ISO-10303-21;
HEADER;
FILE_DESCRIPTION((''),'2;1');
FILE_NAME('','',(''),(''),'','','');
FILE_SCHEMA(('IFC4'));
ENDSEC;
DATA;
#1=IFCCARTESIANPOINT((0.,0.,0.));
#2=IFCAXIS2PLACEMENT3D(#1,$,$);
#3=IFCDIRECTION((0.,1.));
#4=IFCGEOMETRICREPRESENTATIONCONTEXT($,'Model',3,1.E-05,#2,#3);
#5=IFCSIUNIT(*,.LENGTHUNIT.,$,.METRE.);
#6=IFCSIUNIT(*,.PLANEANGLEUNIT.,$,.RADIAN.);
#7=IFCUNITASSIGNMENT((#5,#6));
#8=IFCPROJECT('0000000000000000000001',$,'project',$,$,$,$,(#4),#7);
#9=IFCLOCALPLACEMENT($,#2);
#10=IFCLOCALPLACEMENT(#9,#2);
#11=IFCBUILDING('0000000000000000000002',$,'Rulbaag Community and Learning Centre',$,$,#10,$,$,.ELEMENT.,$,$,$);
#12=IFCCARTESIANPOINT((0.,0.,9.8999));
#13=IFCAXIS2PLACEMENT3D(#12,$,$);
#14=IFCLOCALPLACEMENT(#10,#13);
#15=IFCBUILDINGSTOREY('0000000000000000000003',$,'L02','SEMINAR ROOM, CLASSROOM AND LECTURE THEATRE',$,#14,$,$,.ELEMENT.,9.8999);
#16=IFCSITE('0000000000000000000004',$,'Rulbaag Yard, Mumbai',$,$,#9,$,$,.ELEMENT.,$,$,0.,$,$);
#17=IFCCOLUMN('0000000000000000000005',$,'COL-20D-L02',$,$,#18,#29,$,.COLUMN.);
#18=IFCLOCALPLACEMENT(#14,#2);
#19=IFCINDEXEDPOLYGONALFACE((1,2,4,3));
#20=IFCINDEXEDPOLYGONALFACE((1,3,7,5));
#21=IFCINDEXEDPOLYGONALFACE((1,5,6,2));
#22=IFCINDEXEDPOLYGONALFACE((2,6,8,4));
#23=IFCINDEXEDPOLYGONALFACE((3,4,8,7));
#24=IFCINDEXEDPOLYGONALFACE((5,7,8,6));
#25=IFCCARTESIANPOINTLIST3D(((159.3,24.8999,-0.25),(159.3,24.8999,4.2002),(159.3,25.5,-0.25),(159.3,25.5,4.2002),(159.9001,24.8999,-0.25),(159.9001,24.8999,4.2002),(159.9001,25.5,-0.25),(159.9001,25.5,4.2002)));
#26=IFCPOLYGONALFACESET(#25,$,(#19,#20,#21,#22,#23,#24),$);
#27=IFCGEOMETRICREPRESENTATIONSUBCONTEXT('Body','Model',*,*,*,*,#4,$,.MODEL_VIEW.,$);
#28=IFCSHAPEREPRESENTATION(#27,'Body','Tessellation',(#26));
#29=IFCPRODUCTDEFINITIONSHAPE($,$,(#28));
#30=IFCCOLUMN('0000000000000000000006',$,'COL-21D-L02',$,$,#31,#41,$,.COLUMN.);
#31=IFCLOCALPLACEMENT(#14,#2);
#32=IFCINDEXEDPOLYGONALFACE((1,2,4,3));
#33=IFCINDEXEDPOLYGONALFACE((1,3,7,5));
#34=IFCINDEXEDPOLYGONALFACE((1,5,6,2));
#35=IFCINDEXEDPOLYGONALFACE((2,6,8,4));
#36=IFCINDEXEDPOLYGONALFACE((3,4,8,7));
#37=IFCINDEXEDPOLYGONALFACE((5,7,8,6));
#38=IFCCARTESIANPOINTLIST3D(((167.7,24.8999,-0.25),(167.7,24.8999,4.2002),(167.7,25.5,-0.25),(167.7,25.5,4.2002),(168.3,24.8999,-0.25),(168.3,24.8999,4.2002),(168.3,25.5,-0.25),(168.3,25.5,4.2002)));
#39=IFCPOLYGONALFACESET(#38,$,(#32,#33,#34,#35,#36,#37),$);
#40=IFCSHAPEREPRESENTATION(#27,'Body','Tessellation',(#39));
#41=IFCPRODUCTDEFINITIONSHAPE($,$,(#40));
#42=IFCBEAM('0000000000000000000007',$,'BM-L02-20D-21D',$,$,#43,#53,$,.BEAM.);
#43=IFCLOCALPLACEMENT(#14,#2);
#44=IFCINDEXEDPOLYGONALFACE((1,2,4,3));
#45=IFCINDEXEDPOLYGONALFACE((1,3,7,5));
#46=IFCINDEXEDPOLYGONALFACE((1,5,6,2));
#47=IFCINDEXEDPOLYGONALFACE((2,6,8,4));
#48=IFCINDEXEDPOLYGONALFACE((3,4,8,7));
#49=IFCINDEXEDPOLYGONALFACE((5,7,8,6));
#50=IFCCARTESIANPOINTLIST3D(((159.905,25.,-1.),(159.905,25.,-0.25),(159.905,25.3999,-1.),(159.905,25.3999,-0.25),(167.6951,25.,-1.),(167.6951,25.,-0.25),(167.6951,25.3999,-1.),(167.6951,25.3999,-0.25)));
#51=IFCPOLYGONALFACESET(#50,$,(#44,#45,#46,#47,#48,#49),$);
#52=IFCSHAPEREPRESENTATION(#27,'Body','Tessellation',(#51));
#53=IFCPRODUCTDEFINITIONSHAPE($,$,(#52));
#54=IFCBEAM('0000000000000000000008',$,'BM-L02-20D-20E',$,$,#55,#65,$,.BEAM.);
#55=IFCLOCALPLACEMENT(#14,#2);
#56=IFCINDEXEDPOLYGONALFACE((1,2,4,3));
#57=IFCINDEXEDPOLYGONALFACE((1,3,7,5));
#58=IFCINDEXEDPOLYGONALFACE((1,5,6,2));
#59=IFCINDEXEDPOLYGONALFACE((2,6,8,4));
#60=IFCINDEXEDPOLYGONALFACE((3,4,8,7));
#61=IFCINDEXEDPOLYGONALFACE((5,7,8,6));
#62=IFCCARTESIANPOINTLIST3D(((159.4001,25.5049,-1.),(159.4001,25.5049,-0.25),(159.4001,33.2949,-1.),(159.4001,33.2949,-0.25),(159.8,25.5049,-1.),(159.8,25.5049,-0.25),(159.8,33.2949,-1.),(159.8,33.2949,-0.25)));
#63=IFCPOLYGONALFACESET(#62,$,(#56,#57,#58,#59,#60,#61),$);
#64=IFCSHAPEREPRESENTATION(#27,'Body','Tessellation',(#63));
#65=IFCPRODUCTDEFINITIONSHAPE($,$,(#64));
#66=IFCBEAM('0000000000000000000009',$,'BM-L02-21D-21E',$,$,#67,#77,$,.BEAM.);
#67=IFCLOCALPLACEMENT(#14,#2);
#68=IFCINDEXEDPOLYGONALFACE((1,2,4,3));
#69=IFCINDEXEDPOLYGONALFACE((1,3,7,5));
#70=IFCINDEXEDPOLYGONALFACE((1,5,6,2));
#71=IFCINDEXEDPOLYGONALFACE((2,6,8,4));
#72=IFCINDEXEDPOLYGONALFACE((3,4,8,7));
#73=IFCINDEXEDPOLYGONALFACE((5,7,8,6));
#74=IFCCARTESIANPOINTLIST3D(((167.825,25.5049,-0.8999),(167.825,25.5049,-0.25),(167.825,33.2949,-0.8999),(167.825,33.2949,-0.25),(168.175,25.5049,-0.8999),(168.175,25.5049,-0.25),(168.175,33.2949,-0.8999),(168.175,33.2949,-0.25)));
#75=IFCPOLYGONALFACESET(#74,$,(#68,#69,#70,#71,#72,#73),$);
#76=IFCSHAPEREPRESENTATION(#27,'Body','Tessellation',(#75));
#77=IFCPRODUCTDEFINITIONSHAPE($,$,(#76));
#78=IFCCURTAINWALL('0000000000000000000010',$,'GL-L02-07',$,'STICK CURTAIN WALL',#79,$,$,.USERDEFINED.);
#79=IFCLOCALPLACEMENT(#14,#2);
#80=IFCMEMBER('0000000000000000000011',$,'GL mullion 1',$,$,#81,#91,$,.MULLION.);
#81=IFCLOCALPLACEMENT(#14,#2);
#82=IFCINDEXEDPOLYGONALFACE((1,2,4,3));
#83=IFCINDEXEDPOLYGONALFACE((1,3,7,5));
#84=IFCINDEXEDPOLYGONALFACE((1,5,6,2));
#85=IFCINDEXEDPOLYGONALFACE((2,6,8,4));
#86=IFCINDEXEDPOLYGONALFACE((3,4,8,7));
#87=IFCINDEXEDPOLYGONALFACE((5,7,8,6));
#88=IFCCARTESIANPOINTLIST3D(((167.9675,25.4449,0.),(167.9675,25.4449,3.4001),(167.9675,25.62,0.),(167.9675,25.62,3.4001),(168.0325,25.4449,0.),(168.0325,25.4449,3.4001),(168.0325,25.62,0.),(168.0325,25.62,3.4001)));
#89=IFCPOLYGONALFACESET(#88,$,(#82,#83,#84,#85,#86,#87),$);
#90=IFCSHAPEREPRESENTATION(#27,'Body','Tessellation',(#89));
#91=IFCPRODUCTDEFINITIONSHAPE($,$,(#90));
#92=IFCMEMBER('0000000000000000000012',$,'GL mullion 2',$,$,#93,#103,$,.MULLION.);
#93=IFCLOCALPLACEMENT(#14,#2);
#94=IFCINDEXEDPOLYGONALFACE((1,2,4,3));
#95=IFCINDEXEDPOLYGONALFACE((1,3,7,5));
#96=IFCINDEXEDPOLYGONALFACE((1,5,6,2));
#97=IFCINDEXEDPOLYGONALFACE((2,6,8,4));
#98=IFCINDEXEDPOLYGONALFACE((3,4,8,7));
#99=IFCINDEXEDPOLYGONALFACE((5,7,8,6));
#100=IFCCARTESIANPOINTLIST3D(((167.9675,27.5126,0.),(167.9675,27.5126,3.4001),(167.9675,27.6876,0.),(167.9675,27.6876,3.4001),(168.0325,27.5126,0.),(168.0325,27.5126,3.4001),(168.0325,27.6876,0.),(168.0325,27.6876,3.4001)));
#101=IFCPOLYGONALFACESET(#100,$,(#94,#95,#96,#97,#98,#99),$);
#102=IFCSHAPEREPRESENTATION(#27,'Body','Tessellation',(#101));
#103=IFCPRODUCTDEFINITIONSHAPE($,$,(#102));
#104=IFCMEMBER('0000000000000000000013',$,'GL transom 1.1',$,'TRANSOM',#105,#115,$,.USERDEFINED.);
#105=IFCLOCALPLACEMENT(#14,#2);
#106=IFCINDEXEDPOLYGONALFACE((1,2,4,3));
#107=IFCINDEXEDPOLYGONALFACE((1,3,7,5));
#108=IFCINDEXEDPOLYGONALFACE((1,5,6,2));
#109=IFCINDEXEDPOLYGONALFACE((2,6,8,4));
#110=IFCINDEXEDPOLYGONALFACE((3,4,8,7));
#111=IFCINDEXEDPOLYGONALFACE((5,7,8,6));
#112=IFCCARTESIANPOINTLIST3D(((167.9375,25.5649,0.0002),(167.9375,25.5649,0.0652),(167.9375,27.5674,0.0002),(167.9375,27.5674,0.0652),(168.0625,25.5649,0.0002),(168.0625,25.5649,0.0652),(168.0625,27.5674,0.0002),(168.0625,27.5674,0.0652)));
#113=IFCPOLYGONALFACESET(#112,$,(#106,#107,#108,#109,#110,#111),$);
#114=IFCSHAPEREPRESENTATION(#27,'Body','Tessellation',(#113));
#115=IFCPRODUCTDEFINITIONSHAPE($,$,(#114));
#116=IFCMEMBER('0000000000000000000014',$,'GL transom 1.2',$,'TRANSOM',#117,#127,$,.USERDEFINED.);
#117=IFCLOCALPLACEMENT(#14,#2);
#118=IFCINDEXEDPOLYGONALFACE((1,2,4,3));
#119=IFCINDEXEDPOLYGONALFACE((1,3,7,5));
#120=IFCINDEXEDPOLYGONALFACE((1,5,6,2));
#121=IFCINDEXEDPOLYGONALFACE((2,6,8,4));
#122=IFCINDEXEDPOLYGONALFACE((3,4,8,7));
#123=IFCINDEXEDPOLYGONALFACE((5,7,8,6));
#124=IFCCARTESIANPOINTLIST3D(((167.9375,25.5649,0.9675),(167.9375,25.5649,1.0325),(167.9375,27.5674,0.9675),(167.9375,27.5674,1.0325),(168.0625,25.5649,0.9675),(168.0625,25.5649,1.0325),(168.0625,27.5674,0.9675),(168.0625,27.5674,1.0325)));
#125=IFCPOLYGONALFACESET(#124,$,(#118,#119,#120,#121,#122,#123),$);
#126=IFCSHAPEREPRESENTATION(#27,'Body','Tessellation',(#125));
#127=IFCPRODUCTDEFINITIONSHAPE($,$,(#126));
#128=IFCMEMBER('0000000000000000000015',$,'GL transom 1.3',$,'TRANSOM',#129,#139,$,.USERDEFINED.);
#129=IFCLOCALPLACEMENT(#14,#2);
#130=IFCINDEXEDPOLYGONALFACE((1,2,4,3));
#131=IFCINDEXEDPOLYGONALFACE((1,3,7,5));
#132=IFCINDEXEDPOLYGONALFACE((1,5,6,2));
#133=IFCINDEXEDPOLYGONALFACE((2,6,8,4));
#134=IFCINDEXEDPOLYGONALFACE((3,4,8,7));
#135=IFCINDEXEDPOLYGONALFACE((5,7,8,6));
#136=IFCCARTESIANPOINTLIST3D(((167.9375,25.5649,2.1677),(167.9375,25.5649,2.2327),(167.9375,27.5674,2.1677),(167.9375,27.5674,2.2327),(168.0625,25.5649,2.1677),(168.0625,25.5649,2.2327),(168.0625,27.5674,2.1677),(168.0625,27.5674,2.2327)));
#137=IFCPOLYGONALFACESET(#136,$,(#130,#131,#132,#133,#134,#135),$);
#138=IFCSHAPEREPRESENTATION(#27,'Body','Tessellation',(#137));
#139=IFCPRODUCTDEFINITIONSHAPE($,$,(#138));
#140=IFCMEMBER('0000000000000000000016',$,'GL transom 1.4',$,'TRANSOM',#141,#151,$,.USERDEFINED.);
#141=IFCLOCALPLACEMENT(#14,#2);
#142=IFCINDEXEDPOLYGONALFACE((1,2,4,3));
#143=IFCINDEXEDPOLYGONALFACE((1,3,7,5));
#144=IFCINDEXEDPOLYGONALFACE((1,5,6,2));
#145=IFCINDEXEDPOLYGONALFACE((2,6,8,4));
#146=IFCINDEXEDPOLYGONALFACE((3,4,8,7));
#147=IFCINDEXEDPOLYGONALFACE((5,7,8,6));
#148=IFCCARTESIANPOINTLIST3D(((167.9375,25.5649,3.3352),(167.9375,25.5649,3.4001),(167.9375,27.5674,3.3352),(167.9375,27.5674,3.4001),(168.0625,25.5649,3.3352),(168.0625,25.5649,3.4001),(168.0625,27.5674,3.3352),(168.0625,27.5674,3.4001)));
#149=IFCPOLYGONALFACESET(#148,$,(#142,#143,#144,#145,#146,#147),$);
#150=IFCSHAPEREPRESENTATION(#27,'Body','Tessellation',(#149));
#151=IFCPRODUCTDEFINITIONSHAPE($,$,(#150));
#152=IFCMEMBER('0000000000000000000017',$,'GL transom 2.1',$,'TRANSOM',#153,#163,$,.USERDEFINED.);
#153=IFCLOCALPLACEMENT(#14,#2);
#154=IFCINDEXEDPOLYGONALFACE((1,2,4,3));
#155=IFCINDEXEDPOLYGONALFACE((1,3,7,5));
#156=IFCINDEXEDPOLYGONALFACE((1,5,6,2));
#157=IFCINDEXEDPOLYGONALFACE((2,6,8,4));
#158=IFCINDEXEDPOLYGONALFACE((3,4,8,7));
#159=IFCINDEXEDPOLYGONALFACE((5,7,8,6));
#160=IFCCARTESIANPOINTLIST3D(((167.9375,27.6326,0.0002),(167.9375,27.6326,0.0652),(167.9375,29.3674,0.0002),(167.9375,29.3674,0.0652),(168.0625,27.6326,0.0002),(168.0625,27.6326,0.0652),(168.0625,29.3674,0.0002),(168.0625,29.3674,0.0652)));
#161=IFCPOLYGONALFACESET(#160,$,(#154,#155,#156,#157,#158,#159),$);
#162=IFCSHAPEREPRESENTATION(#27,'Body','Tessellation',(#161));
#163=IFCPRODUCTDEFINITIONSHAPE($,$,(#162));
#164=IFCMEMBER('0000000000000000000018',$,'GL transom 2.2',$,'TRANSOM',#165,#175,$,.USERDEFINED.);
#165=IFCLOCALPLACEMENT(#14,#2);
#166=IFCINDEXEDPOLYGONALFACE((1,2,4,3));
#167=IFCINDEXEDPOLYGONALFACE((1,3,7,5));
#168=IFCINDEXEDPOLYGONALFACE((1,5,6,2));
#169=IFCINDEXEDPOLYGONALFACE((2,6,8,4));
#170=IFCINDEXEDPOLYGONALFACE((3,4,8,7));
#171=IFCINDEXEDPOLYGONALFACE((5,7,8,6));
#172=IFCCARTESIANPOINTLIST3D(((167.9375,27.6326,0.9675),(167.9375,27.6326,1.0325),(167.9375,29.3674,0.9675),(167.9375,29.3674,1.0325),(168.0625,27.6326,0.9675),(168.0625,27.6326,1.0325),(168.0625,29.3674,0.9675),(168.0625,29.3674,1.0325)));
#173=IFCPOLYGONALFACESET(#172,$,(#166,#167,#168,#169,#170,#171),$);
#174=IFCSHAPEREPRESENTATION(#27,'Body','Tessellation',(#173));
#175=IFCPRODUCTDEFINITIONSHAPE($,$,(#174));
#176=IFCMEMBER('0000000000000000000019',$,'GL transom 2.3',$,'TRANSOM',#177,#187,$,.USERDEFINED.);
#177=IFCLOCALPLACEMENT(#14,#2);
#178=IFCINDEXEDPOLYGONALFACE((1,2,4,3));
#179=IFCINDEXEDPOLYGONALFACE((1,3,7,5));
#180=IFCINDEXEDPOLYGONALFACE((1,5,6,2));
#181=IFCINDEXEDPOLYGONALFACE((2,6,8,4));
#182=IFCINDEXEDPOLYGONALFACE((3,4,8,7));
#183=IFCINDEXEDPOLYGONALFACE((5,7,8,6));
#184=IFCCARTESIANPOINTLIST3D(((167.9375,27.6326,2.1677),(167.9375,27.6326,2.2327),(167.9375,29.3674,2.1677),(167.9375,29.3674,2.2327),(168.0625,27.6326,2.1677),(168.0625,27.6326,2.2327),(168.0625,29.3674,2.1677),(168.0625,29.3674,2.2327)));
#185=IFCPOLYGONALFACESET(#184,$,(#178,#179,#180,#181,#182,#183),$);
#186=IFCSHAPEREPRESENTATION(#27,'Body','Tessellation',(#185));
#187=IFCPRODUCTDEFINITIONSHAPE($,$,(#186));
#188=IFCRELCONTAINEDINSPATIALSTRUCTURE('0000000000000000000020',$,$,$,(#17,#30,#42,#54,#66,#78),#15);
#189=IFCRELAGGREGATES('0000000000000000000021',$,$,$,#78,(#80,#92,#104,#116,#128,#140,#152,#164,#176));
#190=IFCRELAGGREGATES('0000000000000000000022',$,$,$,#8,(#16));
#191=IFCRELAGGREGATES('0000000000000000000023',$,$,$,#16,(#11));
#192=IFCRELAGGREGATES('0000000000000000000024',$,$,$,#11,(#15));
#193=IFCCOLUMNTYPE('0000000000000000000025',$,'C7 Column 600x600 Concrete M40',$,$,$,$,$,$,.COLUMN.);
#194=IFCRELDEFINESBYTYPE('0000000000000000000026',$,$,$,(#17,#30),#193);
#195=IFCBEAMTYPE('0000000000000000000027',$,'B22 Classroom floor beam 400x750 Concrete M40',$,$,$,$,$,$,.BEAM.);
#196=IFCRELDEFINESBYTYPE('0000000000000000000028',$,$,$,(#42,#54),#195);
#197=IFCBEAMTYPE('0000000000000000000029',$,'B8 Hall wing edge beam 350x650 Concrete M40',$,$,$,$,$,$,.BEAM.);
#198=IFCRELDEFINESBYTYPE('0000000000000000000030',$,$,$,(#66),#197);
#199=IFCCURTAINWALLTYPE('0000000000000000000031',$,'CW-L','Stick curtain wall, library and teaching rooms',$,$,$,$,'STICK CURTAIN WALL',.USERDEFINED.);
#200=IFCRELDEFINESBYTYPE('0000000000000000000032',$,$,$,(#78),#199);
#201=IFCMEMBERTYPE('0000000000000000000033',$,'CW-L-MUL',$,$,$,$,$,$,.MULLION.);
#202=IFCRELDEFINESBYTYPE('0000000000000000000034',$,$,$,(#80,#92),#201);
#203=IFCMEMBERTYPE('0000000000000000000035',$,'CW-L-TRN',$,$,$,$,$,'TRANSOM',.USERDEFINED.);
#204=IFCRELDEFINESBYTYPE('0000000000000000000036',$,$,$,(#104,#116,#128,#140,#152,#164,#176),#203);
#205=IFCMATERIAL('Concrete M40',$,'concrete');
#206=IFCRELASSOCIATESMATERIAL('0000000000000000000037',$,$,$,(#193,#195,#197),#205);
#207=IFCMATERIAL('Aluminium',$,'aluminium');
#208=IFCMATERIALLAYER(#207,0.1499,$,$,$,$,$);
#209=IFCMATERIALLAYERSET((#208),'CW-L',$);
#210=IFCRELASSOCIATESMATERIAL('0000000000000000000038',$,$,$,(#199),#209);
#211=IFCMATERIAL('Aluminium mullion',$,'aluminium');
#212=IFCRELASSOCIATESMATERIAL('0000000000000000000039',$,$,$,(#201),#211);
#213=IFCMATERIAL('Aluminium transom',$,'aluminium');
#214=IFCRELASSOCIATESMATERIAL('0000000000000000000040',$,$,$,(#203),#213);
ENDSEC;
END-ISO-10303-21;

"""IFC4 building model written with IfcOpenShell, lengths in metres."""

from ifc_helpers import new_model, si_unit, direction, frame, origin, origin_2d, place, context, subcontext, project, spatial, rectangle, extrude, material, layer, layer_set, material_profile, profile_set, type_object, element, aggregate, save


model = new_model("IFC4")

# Units and contexts
model_context = context("Model", 3, precision=1e-05, world=origin(), true_north=direction((0.0, 1.0)))
body_context = subcontext(model_context, "Body", "Model", "MODEL_VIEW")
ifc_project = project(units=[si_unit("LENGTHUNIT", "METRE"), si_unit("PLANEANGLEUNIT", "RADIAN")], contexts=[model_context])

# Site, building, storey
site_placement = place(None, origin())
site = spatial("IfcSite", under=ifc_project, at=site_placement, Name="Rulbaag Yard, Mumbai", CompositionType="ELEMENT", RefElevation=0.0)
building_placement = place(site_placement, origin())
building = spatial("IfcBuilding", under=site, at=building_placement, Name="Rulbaag Community and Learning Centre", CompositionType="ELEMENT")
storey_placement = place(building_placement, frame((0.0, 0.0, 9.8999)))
storey = spatial("IfcBuildingStorey", under=building, at=storey_placement, Name="L02", Description="SEMINAR ROOM, CLASSROOM AND LECTURE THEATRE", CompositionType="ELEMENT", Elevation=9.8999)

# Columns
ifc_material_1 = material(Name="Concrete M40", Category="concrete")
ifc_material_profile_1 = material_profile(ifc_material_1, rectangle(XDim=0.6001, YDim=0.6001, at=origin_2d()), Name="RC600x600")
ifc_profile_set_1 = profile_set([ifc_material_profile_1], Name="Concrete M40")
column_type = type_object("IfcColumnType", Name="C7 Column 600x600 Concrete M40", PredefinedType="COLUMN", material=ifc_profile_set_1)
for number, where, z_axis, x_axis, name in (
    (1, (159.6001, 25.2, -0.25), (0.0, 0.0, 1.0), (1.0, 0.0, 0.0), "COL-20D-L02"),
    (2, (168.0, 25.2, -0.25), (0.0, 0.0, 1.0), (1.0, 0.0, 0.0), "COL-21D-L02"),
):
    element("IfcColumn", number, at=place(storey_placement, frame(where, z_axis=z_axis, x_axis=x_axis)), inside=storey, type_object=column_type, Name=name, PredefinedType="COLUMN", context=body_context, shape_type="SweptSolid", body=[
        extrude(rectangle(XDim=0.6001, YDim=0.6001, at=origin_2d()), origin(), (0.0, 0.0, 1.0), 4.4502),
    ])

# Beams
ifc_material_profile_2 = material_profile(ifc_material_1, rectangle(XDim=0.3999, YDim=0.75, at=origin_2d()), Name="RB400x750")
ifc_profile_set_2 = profile_set([ifc_material_profile_2], Name="Concrete M40")
beam_type_1 = type_object("IfcBeamType", Name="B22 Classroom floor beam 400x750 Concrete M40", PredefinedType="BEAM", material=ifc_profile_set_2)
for number, where, z_axis, x_axis, name in (
    (3, (159.905, 25.2, -0.625), (1.0, 0.0, 0.0), (0.0, 1.0, 0.0), "BM-L02-20D-21D"),
    (4, (159.6001, 25.5049, -0.625), (0.0, 1.0, 0.0), (-1.0, 0.0, 0.0), "BM-L02-20D-20E"),
):
    element("IfcBeam", number, at=place(storey_placement, frame(where, z_axis=z_axis, x_axis=x_axis)), inside=storey, type_object=beam_type_1, Name=name, PredefinedType="BEAM", context=body_context, shape_type="SweptSolid", body=[
        extrude(rectangle(XDim=0.3999, YDim=0.75, at=origin_2d()), origin(), (0.0, 0.0, 1.0), 7.79),
    ])
ifc_material_profile_3 = material_profile(ifc_material_1, rectangle(XDim=0.3501, YDim=0.6499, at=origin_2d()), Name="RB350x650")
ifc_profile_set_3 = profile_set([ifc_material_profile_3], Name="Concrete M40")
beam_type_2 = type_object("IfcBeamType", Name="B8 Hall wing edge beam 350x650 Concrete M40", PredefinedType="BEAM", material=ifc_profile_set_3)
beam_placement = place(storey_placement, frame((168.0, 25.5049, -0.575), z_axis=(0.0, 1.0, 0.0), x_axis=(-1.0, 0.0, 0.0)))
element("IfcBeam", 5, at=beam_placement, inside=storey, type_object=beam_type_2, Name="BM-L02-21D-21E", PredefinedType="BEAM", context=body_context, shape_type="SweptSolid", body=[
    extrude(rectangle(XDim=0.3501, YDim=0.6499, at=origin_2d()), origin(), (0.0, 0.0, 1.0), 7.79),
])

# Curtain wall, members
ifc_material_2 = material(Name="Aluminium", Category="aluminium")
ifc_layer_1 = layer(ifc_material_2, 0.1499)
ifc_layer_set_1 = layer_set([ifc_layer_1], Name="CW-L")
curtain_wall_type = type_object("IfcCurtainWallType", Name="CW-L", Description="Stick curtain wall, library and teaching rooms", ElementType="STICK CURTAIN WALL", PredefinedType="USERDEFINED", material=ifc_layer_set_1)
curtain_wall_placement = place(storey_placement, origin())
curtain_wall = element("IfcCurtainWall", 6, at=curtain_wall_placement, inside=storey, type_object=curtain_wall_type, Name="GL-L02-07", ObjectType="STICK CURTAIN WALL", PredefinedType="USERDEFINED")
ifc_material_3 = material(Name="Aluminium mullion", Category="aluminium")
ifc_material_profile_4 = material_profile(ifc_material_3, rectangle(XDim=0.0649, YDim=0.175, at=origin_2d()), Name="AL 65x175")
ifc_profile_set_4 = profile_set([ifc_material_profile_4], Name="Aluminium mullion")
member_type_1 = type_object("IfcMemberType", Name="CW-L-MUL", PredefinedType="MULLION", material=ifc_profile_set_4)
member_1_placement = place(storey_placement, frame((168.0, 25.5325, 0.0), z_axis=(0.0, 0.0, 1.0), x_axis=(-1.0, 0.0, 0.0)))
member_1 = element("IfcMember", 7, at=member_1_placement, type_object=member_type_1, Name="GL mullion 1", PredefinedType="MULLION", context=body_context, shape_type="SweptSolid", body=[
    extrude(rectangle(XDim=0.0649, YDim=0.175, at=origin_2d()), origin(), (0.0, 0.0, 1.0), 3.4001),
])
member_2_placement = place(storey_placement, frame((168.0, 27.6001, 0.0), z_axis=(0.0, 0.0, 1.0), x_axis=(-1.0, 0.0, 0.0)))
member_2 = element("IfcMember", 8, at=member_2_placement, type_object=member_type_1, Name="GL mullion 2", PredefinedType="MULLION", context=body_context, shape_type="SweptSolid", body=[
    extrude(rectangle(XDim=0.0649, YDim=0.175, at=origin_2d()), origin(), (0.0, 0.0, 1.0), 3.4001),
])
ifc_material_4 = material(Name="Aluminium transom", Category="aluminium")
ifc_material_profile_5 = material_profile(ifc_material_4, rectangle(XDim=0.125, YDim=0.0649, at=origin_2d()), Name="AL 65x125 T")
ifc_profile_set_5 = profile_set([ifc_material_profile_5], Name="Aluminium transom")
member_type_2 = type_object("IfcMemberType", Name="CW-L-TRN", ElementType="TRANSOM", PredefinedType="USERDEFINED", material=ifc_profile_set_5)
member_3_placement = place(storey_placement, frame((168.0, 25.5649, 0.0327), z_axis=(0.0, 1.0, 0.0), x_axis=(-1.0, 0.0, 0.0)))
member_3 = element("IfcMember", 9, at=member_3_placement, type_object=member_type_2, Name="GL transom 1.1", ObjectType="TRANSOM", PredefinedType="USERDEFINED", context=body_context, shape_type="SweptSolid", body=[
    extrude(rectangle(XDim=0.125, YDim=0.0649, at=origin_2d()), origin(), (0.0, 0.0, 1.0), 2.0024),
])
member_4_placement = place(storey_placement, frame((168.0, 25.5649, 1.0), z_axis=(0.0, 1.0, 0.0), x_axis=(-1.0, 0.0, 0.0)))
member_4 = element("IfcMember", 10, at=member_4_placement, type_object=member_type_2, Name="GL transom 1.2", ObjectType="TRANSOM", PredefinedType="USERDEFINED", context=body_context, shape_type="SweptSolid", body=[
    extrude(rectangle(XDim=0.125, YDim=0.0649, at=origin_2d()), origin(), (0.0, 0.0, 1.0), 2.0024),
])
member_5_placement = place(storey_placement, frame((168.0, 25.5649, 2.2002), z_axis=(0.0, 1.0, 0.0), x_axis=(-1.0, 0.0, 0.0)))
member_5 = element("IfcMember", 11, at=member_5_placement, type_object=member_type_2, Name="GL transom 1.3", ObjectType="TRANSOM", PredefinedType="USERDEFINED", context=body_context, shape_type="SweptSolid", body=[
    extrude(rectangle(XDim=0.125, YDim=0.0649, at=origin_2d()), origin(), (0.0, 0.0, 1.0), 2.0024),
])
member_6_placement = place(storey_placement, frame((168.0, 25.5649, 3.3677), z_axis=(0.0, 1.0, 0.0), x_axis=(-1.0, 0.0, 0.0)))
member_6 = element("IfcMember", 12, at=member_6_placement, type_object=member_type_2, Name="GL transom 1.4", ObjectType="TRANSOM", PredefinedType="USERDEFINED", context=body_context, shape_type="SweptSolid", body=[
    extrude(rectangle(XDim=0.125, YDim=0.0649, at=origin_2d()), origin(), (0.0, 0.0, 1.0), 2.0024),
])
member_7_placement = place(storey_placement, frame((168.0, 27.6326, 0.0327), z_axis=(0.0, 1.0, 0.0), x_axis=(-1.0, 0.0, 0.0)))
member_7 = element("IfcMember", 13, at=member_7_placement, type_object=member_type_2, Name="GL transom 2.1", ObjectType="TRANSOM", PredefinedType="USERDEFINED", context=body_context, shape_type="SweptSolid", body=[
    extrude(rectangle(XDim=0.125, YDim=0.0649, at=origin_2d()), origin(), (0.0, 0.0, 1.0), 1.7349),
])
member_8_placement = place(storey_placement, frame((168.0, 27.6326, 1.0), z_axis=(0.0, 1.0, 0.0), x_axis=(-1.0, 0.0, 0.0)))
member_8 = element("IfcMember", 14, at=member_8_placement, type_object=member_type_2, Name="GL transom 2.2", ObjectType="TRANSOM", PredefinedType="USERDEFINED", context=body_context, shape_type="SweptSolid", body=[
    extrude(rectangle(XDim=0.125, YDim=0.0649, at=origin_2d()), origin(), (0.0, 0.0, 1.0), 1.7349),
])
member_9_placement = place(storey_placement, frame((168.0, 27.6326, 2.2002), z_axis=(0.0, 1.0, 0.0), x_axis=(-1.0, 0.0, 0.0)))
member_9 = element("IfcMember", 15, at=member_9_placement, type_object=member_type_2, Name="GL transom 2.3", ObjectType="TRANSOM", PredefinedType="USERDEFINED", context=body_context, shape_type="SweptSolid", body=[
    extrude(rectangle(XDim=0.125, YDim=0.0649, at=origin_2d()), origin(), (0.0, 0.0, 1.0), 1.7349),
])
aggregate(curtain_wall, [member_1, member_2, member_3, member_4, member_5, member_6, member_7, member_8, member_9])

save(model, "model.ifc")
